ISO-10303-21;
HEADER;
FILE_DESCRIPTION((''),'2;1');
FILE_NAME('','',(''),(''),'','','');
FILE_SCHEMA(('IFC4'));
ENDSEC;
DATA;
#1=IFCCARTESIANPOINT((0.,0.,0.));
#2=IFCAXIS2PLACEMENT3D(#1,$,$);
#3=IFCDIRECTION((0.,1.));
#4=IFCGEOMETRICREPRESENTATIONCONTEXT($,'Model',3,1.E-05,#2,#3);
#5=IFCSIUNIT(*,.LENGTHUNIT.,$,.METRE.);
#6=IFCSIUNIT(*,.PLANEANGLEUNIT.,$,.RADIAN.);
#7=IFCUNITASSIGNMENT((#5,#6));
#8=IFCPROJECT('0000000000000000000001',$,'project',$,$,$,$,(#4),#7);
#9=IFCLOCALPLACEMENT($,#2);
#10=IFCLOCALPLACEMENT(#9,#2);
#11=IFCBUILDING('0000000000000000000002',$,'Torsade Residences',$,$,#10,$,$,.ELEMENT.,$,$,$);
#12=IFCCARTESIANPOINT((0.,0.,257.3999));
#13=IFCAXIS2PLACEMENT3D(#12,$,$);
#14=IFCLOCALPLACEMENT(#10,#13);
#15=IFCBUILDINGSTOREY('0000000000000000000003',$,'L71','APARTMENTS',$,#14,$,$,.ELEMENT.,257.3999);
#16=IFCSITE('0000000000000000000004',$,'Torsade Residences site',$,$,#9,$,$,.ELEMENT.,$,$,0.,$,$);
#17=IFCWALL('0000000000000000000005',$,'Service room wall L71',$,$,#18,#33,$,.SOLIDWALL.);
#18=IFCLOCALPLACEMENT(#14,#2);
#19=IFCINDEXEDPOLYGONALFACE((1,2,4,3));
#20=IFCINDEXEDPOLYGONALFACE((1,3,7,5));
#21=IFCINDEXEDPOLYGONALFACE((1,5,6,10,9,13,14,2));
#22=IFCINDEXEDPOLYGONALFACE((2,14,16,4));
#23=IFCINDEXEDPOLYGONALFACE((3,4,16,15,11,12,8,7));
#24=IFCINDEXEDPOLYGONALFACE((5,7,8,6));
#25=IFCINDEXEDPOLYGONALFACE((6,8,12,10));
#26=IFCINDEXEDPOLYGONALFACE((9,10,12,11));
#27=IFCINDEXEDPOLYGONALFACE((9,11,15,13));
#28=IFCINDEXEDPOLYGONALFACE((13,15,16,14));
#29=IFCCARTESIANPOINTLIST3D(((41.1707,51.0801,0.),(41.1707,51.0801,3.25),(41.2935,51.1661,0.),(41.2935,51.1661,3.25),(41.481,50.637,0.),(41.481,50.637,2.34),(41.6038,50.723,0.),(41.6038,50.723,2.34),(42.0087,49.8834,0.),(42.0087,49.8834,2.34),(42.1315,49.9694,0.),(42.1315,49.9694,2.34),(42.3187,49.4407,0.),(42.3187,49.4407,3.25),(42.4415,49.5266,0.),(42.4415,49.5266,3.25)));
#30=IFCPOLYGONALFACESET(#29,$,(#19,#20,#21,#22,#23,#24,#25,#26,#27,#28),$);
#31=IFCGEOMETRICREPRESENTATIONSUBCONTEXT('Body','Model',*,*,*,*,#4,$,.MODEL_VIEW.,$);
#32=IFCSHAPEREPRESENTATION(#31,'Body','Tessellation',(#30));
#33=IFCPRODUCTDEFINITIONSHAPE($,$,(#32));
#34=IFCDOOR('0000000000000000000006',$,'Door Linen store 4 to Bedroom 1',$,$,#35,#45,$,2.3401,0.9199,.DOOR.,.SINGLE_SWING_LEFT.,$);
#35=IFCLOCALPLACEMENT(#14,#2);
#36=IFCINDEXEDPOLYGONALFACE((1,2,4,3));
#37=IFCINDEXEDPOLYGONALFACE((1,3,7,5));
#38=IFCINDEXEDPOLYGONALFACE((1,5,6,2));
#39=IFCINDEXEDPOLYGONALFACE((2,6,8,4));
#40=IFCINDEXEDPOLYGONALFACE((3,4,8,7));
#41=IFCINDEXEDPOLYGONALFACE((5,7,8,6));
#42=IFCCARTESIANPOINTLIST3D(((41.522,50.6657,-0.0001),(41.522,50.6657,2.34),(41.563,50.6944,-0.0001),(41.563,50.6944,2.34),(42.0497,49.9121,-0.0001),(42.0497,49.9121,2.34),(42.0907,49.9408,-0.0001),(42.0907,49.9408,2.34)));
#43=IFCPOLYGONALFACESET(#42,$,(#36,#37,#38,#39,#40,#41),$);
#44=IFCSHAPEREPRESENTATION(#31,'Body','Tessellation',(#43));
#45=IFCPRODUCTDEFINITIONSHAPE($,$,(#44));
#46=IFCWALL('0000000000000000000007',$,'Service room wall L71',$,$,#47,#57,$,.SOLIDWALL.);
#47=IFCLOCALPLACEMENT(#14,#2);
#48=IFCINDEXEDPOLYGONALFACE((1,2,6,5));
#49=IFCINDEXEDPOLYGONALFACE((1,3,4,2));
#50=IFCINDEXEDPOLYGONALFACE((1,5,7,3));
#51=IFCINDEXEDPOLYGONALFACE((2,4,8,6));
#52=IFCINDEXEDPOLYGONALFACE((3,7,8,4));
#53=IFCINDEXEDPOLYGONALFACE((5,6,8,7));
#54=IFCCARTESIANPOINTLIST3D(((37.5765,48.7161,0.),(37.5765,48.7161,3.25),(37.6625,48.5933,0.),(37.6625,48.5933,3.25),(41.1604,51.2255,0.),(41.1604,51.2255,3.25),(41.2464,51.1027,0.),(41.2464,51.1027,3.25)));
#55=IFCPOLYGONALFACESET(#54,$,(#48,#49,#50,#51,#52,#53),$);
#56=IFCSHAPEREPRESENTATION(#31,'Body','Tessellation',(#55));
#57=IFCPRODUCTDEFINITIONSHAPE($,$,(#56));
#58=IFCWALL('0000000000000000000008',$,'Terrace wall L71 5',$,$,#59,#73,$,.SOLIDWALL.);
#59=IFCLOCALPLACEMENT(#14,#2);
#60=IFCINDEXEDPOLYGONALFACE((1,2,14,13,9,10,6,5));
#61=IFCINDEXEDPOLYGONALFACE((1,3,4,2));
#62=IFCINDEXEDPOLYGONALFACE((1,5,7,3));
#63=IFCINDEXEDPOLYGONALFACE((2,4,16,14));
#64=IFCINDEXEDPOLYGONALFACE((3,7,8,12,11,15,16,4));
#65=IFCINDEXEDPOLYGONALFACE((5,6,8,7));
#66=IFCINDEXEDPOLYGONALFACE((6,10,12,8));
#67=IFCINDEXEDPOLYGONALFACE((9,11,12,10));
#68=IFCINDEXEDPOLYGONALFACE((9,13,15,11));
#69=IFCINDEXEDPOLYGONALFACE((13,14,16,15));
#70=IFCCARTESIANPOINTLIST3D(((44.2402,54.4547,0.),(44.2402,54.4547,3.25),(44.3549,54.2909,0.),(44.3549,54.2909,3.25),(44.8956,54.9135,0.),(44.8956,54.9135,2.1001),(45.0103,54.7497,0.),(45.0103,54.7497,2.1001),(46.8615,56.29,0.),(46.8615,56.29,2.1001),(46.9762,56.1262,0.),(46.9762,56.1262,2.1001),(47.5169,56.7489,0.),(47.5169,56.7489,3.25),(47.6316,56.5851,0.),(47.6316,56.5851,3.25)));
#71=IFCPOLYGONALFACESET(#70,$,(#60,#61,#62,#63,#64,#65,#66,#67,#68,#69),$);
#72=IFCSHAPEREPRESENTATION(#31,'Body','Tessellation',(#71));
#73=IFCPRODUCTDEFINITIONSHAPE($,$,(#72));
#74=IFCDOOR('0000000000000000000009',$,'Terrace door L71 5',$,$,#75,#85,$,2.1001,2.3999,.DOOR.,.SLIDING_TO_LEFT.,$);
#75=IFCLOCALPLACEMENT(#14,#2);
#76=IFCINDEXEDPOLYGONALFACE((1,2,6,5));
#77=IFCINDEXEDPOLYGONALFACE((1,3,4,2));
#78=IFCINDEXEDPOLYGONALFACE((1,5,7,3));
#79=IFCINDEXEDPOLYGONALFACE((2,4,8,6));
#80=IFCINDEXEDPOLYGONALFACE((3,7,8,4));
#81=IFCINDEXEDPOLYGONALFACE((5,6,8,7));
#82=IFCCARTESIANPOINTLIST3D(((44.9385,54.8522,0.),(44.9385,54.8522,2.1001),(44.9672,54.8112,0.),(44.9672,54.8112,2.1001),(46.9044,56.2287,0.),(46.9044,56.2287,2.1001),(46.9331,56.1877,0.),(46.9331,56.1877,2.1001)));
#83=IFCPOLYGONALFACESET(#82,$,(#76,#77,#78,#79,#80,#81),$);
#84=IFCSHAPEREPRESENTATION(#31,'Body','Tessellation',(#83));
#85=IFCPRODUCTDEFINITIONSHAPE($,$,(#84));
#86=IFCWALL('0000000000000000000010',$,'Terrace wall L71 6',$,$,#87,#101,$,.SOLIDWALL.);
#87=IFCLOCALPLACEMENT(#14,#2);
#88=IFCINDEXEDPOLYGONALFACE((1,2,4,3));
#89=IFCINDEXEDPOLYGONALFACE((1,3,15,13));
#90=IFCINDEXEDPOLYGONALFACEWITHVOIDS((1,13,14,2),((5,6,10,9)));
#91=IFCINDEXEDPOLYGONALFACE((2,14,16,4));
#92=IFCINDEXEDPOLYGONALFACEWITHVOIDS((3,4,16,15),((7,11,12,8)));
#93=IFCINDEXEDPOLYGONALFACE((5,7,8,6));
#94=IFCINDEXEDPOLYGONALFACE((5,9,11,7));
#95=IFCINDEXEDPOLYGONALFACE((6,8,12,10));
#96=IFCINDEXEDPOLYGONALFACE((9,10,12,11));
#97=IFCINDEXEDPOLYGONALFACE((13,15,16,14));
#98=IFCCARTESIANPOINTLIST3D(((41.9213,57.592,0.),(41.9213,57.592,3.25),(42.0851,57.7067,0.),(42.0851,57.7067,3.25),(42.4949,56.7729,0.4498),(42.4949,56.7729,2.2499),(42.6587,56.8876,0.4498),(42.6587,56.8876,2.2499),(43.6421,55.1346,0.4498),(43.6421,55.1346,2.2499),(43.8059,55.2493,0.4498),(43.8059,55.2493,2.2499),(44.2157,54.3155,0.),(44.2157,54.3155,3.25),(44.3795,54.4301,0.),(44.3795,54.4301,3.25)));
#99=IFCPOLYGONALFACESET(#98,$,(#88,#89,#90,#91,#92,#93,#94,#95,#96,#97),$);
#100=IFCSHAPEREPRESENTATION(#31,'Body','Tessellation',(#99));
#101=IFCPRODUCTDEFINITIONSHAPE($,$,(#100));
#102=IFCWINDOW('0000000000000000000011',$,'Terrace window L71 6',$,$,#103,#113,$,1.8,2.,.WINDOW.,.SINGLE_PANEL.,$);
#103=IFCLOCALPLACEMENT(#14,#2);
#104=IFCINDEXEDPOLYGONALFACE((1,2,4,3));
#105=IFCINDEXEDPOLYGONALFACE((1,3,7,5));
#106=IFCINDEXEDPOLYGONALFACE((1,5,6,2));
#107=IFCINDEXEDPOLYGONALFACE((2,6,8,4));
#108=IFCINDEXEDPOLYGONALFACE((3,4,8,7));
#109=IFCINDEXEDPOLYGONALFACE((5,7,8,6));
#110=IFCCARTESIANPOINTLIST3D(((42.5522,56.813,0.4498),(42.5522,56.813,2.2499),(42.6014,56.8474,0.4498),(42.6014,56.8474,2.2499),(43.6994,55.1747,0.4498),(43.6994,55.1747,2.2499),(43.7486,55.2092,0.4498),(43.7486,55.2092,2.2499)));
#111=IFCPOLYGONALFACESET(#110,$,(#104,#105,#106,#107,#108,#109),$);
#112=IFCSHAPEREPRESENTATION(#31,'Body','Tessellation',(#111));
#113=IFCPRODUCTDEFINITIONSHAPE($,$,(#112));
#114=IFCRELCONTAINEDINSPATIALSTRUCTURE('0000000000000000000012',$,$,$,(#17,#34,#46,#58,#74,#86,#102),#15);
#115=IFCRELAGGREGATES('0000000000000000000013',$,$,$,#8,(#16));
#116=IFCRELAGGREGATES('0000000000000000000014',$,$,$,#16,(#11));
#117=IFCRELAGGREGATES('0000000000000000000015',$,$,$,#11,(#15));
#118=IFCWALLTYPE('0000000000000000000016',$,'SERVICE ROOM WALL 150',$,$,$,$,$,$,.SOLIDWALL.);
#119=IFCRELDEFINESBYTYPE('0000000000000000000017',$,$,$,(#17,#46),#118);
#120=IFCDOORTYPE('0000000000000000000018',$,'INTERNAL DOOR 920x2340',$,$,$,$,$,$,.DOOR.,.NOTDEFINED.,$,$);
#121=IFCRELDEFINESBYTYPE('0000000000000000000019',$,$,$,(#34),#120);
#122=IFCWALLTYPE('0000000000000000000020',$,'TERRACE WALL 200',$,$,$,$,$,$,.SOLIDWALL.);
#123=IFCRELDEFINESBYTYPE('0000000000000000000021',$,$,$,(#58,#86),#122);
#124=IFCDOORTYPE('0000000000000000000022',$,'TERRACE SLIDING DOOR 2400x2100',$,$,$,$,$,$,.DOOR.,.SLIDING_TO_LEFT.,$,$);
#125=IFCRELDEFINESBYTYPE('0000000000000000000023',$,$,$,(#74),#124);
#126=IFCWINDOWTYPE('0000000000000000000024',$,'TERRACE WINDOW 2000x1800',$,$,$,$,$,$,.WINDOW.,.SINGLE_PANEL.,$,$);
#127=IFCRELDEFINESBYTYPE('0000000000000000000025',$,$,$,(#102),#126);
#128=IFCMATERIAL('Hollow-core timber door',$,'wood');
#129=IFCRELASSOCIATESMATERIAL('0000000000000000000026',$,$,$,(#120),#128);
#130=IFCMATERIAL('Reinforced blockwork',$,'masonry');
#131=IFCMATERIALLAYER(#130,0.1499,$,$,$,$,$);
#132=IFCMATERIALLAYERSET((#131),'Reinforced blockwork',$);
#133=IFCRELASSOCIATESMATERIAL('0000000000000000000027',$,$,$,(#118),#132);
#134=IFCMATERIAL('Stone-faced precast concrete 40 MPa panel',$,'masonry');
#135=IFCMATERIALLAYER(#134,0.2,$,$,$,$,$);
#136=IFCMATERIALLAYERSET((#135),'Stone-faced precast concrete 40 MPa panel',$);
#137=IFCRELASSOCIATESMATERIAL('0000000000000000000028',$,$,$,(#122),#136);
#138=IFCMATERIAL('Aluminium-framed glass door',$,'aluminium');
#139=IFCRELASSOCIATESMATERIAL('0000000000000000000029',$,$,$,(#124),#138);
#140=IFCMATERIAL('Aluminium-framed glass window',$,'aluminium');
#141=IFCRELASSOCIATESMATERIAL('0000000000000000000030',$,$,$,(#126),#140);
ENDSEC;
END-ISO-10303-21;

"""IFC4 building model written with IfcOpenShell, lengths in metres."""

from ifc_helpers import new_model, si_unit, direction, frame, frame_2d, origin, place, context, subcontext, project, spatial, rectangle, extrude, material, layer, layer_set, type_object, element, fill, save


model = new_model("IFC4")

# Units and contexts
model_context = context("Model", 3, precision=1e-05, world=origin(), true_north=direction((0.0, 1.0)))
body_context = subcontext(model_context, "Body", "Model", "MODEL_VIEW")
ifc_project = project(units=[si_unit("LENGTHUNIT", "METRE"), si_unit("PLANEANGLEUNIT", "RADIAN")], contexts=[model_context])

# Site, building, storey
site_placement = place(None, origin())
site = spatial("IfcSite", under=ifc_project, at=site_placement, Name="Torsade Residences site", CompositionType="ELEMENT", RefElevation=0.0)
building_placement = place(site_placement, origin())
building = spatial("IfcBuilding", under=site, at=building_placement, Name="Torsade Residences", CompositionType="ELEMENT")
storey_placement = place(building_placement, frame((0.0, 0.0, 257.3999)))
storey = spatial("IfcBuildingStorey", under=building, at=storey_placement, Name="L71", Description="APARTMENTS", CompositionType="ELEMENT", Elevation=257.3999)

# Shared definitions
ifc_material_1 = material(Name="Hollow-core timber door", Category="wood")
door_type_1 = type_object("IfcDoorType", Name="INTERNAL DOOR 920x2340", OperationType="NOTDEFINED", PredefinedType="DOOR", material=ifc_material_1)

# Shared definitions
ifc_material_2 = material(Name="Reinforced blockwork", Category="masonry")
ifc_layer_1 = layer(ifc_material_2, 0.1499)
ifc_layer_set_1 = layer_set([ifc_layer_1], Name="Reinforced blockwork")
wall_type_1 = type_object("IfcWallType", Name="SERVICE ROOM WALL 150", PredefinedType="SOLIDWALL", material=ifc_layer_set_1)

# Wall, opening, door
wall_1_placement = place(storey_placement, frame((42.3801, 49.4836, 0.0), z_axis=(0.0, 0.0, 1.0), x_axis=(-0.573585, 0.819146, 0.0)))
wall_1 = element("IfcWall", 1, at=wall_1_placement, inside=storey, type_object=wall_type_1, Name="Service room wall L71", PredefinedType="SOLIDWALL", context=body_context, shape_type="SweptSolid", body=[
    extrude(rectangle(XDim=2.0015, YDim=0.1499, at=frame_2d((1.0007, 0.0))), origin(), (0.0, 0.0, 1.0), 3.25),
])
opening_1_placement = place(wall_1_placement, frame((0.5405, 0.0, 0.0)))
opening_1 = element("IfcOpeningElement", 2, at=opening_1_placement, cuts=wall_1, PredefinedType="OPENING", context=body_context, shape_type="SweptSolid", body=[
    extrude(rectangle(XDim=0.9199, YDim=2.3401, at=frame_2d((0.46, 1.1699))), frame((0.0, 0.085, 0.0), z_axis=(0.0, -1.0, 0.0), x_axis=(1.0, 0.0, 0.0)), (0.0, 0.0, 1.0), 0.1699),
])
door_1_placement = place(opening_1_placement, origin())
door_1 = element("IfcDoor", 3, at=door_1_placement, inside=storey, type_object=door_type_1, Name="Door Linen store 4 to Bedroom 1", OperationType="SINGLE_SWING_LEFT", OverallHeight=2.3401, OverallWidth=0.9199, PredefinedType="DOOR", context=body_context, shape_type="SweptSolid", body=[
    extrude(rectangle(XDim=0.9199, YDim=2.3401, at=frame_2d((0.46, 1.1699))), frame((0.0, 0.0249, 0.0), z_axis=(0.0, -1.0, 0.0), x_axis=(1.0, 0.0, 0.0)), (0.0, 0.0, 1.0), 0.05),
])
fill(opening_1, door_1)

# Wall
wall_2_placement = place(storey_placement, frame((41.2034, 51.1641, 0.0), z_axis=(0.0, 0.0, 1.0), x_axis=(-0.819161, -0.573563, 0.0)))
element("IfcWall", 4, at=wall_2_placement, inside=storey, type_object=wall_type_1, Name="Service room wall L71", PredefinedType="SOLIDWALL", context=body_context, shape_type="SweptSolid", body=[
    extrude(rectangle(XDim=4.375, YDim=0.1499, at=frame_2d((2.1875, 0.0))), origin(), (0.0, 0.0, 1.0), 3.25),
])

# Wall, opening, door
ifc_material_3 = material(Name="Stone-faced precast concrete 40 MPa panel", Category="masonry")
ifc_layer_2 = layer(ifc_material_3, 0.2)
ifc_layer_set_2 = layer_set([ifc_layer_2], Name="Stone-faced precast concrete 40 MPa panel")
wall_type_2 = type_object("IfcWallType", Name="TERRACE WALL 200", PredefinedType="SOLIDWALL", material=ifc_layer_set_2)
wall_3_placement = place(storey_placement, frame((47.5742, 56.667, 0.0), z_axis=(0.0, 0.0, 1.0), x_axis=(-0.819166, -0.573557, 0.0)))
wall_3 = element("IfcWall", 5, at=wall_3_placement, inside=storey, type_object=wall_type_2, Name="Terrace wall L71 5", PredefinedType="SOLIDWALL", context=body_context, shape_type="SweptSolid", body=[
    extrude(rectangle(XDim=4.0, YDim=0.2, at=frame_2d((2.0, 0.0))), origin(), (0.0, 0.0, 1.0), 3.25),
])
opening_2_placement = place(wall_3_placement, frame((0.8, 0.0, 0.0)))
opening_2 = element("IfcOpeningElement", 6, at=opening_2_placement, cuts=wall_3, PredefinedType="OPENING", context=body_context, shape_type="SweptSolid", body=[
    extrude(rectangle(XDim=2.3999, YDim=2.1001, at=frame_2d((1.2, 1.05))), frame((0.0, 0.1099, 0.0), z_axis=(0.0, -1.0, 0.0), x_axis=(1.0, 0.0, 0.0)), (0.0, 0.0, 1.0), 0.22),
])
ifc_material_4 = material(Name="Aluminium-framed glass door", Category="aluminium")
door_type_2 = type_object("IfcDoorType", Name="TERRACE SLIDING DOOR 2400x2100", OperationType="SLIDING_TO_LEFT", PredefinedType="DOOR", material=ifc_material_4)
door_2_placement = place(opening_2_placement, origin())
door_2 = element("IfcDoor", 7, at=door_2_placement, inside=storey, type_object=door_type_2, Name="Terrace door L71 5", OperationType="SLIDING_TO_LEFT", OverallHeight=2.1001, OverallWidth=2.3999, PredefinedType="DOOR", context=body_context, shape_type="SweptSolid", body=[
    extrude(rectangle(XDim=2.3999, YDim=2.1001, at=frame_2d((1.2, 1.05))), frame((0.0, 0.0249, 0.0), z_axis=(0.0, -1.0, 0.0), x_axis=(1.0, 0.0, 0.0)), (0.0, 0.0, 1.0), 0.05),
])
fill(opening_2, door_2)

# Wall, opening, window
wall_4_placement = place(storey_placement, frame((44.2976, 54.3728, 0.0), z_axis=(0.0, 0.0, 1.0), x_axis=(-0.573598, 0.819137, 0.0)))
wall_4 = element("IfcWall", 8, at=wall_4_placement, inside=storey, type_object=wall_type_2, Name="Terrace wall L71 6", PredefinedType="SOLIDWALL", context=body_context, shape_type="SweptSolid", body=[
    extrude(rectangle(XDim=4.0, YDim=0.2, at=frame_2d((2.0, 0.0))), origin(), (0.0, 0.0, 1.0), 3.25),
])
opening_3_placement = place(wall_4_placement, frame((1.0, 0.0, 0.45)))
opening_3 = element("IfcOpeningElement", 9, at=opening_3_placement, cuts=wall_4, PredefinedType="OPENING", context=body_context, shape_type="SweptSolid", body=[
    extrude(rectangle(XDim=2.0, YDim=1.8, at=frame_2d((1.0, 0.8999))), frame((0.0, 0.1099, 0.0), z_axis=(0.0, -1.0, 0.0), x_axis=(1.0, 0.0, 0.0)), (0.0, 0.0, 1.0), 0.22),
])
ifc_material_5 = material(Name="Aluminium-framed glass window", Category="aluminium")
window_type = type_object("IfcWindowType", Name="TERRACE WINDOW 2000x1800", PartitioningType="SINGLE_PANEL", PredefinedType="WINDOW", material=ifc_material_5)
window_placement = place(opening_3_placement, origin())
window = element("IfcWindow", 10, at=window_placement, inside=storey, type_object=window_type, Name="Terrace window L71 6", OverallHeight=1.8, OverallWidth=2.0, PartitioningType="SINGLE_PANEL", PredefinedType="WINDOW", context=body_context, shape_type="SweptSolid", body=[
    extrude(rectangle(XDim=2.0, YDim=1.8, at=frame_2d((1.0, 0.8999))), frame((0.0, 0.03, 0.0), z_axis=(0.0, -1.0, 0.0), x_axis=(1.0, 0.0, 0.0)), (0.0, 0.0, 1.0), 0.0601),
])
fill(opening_3, window)

save(model, "model.ifc")
